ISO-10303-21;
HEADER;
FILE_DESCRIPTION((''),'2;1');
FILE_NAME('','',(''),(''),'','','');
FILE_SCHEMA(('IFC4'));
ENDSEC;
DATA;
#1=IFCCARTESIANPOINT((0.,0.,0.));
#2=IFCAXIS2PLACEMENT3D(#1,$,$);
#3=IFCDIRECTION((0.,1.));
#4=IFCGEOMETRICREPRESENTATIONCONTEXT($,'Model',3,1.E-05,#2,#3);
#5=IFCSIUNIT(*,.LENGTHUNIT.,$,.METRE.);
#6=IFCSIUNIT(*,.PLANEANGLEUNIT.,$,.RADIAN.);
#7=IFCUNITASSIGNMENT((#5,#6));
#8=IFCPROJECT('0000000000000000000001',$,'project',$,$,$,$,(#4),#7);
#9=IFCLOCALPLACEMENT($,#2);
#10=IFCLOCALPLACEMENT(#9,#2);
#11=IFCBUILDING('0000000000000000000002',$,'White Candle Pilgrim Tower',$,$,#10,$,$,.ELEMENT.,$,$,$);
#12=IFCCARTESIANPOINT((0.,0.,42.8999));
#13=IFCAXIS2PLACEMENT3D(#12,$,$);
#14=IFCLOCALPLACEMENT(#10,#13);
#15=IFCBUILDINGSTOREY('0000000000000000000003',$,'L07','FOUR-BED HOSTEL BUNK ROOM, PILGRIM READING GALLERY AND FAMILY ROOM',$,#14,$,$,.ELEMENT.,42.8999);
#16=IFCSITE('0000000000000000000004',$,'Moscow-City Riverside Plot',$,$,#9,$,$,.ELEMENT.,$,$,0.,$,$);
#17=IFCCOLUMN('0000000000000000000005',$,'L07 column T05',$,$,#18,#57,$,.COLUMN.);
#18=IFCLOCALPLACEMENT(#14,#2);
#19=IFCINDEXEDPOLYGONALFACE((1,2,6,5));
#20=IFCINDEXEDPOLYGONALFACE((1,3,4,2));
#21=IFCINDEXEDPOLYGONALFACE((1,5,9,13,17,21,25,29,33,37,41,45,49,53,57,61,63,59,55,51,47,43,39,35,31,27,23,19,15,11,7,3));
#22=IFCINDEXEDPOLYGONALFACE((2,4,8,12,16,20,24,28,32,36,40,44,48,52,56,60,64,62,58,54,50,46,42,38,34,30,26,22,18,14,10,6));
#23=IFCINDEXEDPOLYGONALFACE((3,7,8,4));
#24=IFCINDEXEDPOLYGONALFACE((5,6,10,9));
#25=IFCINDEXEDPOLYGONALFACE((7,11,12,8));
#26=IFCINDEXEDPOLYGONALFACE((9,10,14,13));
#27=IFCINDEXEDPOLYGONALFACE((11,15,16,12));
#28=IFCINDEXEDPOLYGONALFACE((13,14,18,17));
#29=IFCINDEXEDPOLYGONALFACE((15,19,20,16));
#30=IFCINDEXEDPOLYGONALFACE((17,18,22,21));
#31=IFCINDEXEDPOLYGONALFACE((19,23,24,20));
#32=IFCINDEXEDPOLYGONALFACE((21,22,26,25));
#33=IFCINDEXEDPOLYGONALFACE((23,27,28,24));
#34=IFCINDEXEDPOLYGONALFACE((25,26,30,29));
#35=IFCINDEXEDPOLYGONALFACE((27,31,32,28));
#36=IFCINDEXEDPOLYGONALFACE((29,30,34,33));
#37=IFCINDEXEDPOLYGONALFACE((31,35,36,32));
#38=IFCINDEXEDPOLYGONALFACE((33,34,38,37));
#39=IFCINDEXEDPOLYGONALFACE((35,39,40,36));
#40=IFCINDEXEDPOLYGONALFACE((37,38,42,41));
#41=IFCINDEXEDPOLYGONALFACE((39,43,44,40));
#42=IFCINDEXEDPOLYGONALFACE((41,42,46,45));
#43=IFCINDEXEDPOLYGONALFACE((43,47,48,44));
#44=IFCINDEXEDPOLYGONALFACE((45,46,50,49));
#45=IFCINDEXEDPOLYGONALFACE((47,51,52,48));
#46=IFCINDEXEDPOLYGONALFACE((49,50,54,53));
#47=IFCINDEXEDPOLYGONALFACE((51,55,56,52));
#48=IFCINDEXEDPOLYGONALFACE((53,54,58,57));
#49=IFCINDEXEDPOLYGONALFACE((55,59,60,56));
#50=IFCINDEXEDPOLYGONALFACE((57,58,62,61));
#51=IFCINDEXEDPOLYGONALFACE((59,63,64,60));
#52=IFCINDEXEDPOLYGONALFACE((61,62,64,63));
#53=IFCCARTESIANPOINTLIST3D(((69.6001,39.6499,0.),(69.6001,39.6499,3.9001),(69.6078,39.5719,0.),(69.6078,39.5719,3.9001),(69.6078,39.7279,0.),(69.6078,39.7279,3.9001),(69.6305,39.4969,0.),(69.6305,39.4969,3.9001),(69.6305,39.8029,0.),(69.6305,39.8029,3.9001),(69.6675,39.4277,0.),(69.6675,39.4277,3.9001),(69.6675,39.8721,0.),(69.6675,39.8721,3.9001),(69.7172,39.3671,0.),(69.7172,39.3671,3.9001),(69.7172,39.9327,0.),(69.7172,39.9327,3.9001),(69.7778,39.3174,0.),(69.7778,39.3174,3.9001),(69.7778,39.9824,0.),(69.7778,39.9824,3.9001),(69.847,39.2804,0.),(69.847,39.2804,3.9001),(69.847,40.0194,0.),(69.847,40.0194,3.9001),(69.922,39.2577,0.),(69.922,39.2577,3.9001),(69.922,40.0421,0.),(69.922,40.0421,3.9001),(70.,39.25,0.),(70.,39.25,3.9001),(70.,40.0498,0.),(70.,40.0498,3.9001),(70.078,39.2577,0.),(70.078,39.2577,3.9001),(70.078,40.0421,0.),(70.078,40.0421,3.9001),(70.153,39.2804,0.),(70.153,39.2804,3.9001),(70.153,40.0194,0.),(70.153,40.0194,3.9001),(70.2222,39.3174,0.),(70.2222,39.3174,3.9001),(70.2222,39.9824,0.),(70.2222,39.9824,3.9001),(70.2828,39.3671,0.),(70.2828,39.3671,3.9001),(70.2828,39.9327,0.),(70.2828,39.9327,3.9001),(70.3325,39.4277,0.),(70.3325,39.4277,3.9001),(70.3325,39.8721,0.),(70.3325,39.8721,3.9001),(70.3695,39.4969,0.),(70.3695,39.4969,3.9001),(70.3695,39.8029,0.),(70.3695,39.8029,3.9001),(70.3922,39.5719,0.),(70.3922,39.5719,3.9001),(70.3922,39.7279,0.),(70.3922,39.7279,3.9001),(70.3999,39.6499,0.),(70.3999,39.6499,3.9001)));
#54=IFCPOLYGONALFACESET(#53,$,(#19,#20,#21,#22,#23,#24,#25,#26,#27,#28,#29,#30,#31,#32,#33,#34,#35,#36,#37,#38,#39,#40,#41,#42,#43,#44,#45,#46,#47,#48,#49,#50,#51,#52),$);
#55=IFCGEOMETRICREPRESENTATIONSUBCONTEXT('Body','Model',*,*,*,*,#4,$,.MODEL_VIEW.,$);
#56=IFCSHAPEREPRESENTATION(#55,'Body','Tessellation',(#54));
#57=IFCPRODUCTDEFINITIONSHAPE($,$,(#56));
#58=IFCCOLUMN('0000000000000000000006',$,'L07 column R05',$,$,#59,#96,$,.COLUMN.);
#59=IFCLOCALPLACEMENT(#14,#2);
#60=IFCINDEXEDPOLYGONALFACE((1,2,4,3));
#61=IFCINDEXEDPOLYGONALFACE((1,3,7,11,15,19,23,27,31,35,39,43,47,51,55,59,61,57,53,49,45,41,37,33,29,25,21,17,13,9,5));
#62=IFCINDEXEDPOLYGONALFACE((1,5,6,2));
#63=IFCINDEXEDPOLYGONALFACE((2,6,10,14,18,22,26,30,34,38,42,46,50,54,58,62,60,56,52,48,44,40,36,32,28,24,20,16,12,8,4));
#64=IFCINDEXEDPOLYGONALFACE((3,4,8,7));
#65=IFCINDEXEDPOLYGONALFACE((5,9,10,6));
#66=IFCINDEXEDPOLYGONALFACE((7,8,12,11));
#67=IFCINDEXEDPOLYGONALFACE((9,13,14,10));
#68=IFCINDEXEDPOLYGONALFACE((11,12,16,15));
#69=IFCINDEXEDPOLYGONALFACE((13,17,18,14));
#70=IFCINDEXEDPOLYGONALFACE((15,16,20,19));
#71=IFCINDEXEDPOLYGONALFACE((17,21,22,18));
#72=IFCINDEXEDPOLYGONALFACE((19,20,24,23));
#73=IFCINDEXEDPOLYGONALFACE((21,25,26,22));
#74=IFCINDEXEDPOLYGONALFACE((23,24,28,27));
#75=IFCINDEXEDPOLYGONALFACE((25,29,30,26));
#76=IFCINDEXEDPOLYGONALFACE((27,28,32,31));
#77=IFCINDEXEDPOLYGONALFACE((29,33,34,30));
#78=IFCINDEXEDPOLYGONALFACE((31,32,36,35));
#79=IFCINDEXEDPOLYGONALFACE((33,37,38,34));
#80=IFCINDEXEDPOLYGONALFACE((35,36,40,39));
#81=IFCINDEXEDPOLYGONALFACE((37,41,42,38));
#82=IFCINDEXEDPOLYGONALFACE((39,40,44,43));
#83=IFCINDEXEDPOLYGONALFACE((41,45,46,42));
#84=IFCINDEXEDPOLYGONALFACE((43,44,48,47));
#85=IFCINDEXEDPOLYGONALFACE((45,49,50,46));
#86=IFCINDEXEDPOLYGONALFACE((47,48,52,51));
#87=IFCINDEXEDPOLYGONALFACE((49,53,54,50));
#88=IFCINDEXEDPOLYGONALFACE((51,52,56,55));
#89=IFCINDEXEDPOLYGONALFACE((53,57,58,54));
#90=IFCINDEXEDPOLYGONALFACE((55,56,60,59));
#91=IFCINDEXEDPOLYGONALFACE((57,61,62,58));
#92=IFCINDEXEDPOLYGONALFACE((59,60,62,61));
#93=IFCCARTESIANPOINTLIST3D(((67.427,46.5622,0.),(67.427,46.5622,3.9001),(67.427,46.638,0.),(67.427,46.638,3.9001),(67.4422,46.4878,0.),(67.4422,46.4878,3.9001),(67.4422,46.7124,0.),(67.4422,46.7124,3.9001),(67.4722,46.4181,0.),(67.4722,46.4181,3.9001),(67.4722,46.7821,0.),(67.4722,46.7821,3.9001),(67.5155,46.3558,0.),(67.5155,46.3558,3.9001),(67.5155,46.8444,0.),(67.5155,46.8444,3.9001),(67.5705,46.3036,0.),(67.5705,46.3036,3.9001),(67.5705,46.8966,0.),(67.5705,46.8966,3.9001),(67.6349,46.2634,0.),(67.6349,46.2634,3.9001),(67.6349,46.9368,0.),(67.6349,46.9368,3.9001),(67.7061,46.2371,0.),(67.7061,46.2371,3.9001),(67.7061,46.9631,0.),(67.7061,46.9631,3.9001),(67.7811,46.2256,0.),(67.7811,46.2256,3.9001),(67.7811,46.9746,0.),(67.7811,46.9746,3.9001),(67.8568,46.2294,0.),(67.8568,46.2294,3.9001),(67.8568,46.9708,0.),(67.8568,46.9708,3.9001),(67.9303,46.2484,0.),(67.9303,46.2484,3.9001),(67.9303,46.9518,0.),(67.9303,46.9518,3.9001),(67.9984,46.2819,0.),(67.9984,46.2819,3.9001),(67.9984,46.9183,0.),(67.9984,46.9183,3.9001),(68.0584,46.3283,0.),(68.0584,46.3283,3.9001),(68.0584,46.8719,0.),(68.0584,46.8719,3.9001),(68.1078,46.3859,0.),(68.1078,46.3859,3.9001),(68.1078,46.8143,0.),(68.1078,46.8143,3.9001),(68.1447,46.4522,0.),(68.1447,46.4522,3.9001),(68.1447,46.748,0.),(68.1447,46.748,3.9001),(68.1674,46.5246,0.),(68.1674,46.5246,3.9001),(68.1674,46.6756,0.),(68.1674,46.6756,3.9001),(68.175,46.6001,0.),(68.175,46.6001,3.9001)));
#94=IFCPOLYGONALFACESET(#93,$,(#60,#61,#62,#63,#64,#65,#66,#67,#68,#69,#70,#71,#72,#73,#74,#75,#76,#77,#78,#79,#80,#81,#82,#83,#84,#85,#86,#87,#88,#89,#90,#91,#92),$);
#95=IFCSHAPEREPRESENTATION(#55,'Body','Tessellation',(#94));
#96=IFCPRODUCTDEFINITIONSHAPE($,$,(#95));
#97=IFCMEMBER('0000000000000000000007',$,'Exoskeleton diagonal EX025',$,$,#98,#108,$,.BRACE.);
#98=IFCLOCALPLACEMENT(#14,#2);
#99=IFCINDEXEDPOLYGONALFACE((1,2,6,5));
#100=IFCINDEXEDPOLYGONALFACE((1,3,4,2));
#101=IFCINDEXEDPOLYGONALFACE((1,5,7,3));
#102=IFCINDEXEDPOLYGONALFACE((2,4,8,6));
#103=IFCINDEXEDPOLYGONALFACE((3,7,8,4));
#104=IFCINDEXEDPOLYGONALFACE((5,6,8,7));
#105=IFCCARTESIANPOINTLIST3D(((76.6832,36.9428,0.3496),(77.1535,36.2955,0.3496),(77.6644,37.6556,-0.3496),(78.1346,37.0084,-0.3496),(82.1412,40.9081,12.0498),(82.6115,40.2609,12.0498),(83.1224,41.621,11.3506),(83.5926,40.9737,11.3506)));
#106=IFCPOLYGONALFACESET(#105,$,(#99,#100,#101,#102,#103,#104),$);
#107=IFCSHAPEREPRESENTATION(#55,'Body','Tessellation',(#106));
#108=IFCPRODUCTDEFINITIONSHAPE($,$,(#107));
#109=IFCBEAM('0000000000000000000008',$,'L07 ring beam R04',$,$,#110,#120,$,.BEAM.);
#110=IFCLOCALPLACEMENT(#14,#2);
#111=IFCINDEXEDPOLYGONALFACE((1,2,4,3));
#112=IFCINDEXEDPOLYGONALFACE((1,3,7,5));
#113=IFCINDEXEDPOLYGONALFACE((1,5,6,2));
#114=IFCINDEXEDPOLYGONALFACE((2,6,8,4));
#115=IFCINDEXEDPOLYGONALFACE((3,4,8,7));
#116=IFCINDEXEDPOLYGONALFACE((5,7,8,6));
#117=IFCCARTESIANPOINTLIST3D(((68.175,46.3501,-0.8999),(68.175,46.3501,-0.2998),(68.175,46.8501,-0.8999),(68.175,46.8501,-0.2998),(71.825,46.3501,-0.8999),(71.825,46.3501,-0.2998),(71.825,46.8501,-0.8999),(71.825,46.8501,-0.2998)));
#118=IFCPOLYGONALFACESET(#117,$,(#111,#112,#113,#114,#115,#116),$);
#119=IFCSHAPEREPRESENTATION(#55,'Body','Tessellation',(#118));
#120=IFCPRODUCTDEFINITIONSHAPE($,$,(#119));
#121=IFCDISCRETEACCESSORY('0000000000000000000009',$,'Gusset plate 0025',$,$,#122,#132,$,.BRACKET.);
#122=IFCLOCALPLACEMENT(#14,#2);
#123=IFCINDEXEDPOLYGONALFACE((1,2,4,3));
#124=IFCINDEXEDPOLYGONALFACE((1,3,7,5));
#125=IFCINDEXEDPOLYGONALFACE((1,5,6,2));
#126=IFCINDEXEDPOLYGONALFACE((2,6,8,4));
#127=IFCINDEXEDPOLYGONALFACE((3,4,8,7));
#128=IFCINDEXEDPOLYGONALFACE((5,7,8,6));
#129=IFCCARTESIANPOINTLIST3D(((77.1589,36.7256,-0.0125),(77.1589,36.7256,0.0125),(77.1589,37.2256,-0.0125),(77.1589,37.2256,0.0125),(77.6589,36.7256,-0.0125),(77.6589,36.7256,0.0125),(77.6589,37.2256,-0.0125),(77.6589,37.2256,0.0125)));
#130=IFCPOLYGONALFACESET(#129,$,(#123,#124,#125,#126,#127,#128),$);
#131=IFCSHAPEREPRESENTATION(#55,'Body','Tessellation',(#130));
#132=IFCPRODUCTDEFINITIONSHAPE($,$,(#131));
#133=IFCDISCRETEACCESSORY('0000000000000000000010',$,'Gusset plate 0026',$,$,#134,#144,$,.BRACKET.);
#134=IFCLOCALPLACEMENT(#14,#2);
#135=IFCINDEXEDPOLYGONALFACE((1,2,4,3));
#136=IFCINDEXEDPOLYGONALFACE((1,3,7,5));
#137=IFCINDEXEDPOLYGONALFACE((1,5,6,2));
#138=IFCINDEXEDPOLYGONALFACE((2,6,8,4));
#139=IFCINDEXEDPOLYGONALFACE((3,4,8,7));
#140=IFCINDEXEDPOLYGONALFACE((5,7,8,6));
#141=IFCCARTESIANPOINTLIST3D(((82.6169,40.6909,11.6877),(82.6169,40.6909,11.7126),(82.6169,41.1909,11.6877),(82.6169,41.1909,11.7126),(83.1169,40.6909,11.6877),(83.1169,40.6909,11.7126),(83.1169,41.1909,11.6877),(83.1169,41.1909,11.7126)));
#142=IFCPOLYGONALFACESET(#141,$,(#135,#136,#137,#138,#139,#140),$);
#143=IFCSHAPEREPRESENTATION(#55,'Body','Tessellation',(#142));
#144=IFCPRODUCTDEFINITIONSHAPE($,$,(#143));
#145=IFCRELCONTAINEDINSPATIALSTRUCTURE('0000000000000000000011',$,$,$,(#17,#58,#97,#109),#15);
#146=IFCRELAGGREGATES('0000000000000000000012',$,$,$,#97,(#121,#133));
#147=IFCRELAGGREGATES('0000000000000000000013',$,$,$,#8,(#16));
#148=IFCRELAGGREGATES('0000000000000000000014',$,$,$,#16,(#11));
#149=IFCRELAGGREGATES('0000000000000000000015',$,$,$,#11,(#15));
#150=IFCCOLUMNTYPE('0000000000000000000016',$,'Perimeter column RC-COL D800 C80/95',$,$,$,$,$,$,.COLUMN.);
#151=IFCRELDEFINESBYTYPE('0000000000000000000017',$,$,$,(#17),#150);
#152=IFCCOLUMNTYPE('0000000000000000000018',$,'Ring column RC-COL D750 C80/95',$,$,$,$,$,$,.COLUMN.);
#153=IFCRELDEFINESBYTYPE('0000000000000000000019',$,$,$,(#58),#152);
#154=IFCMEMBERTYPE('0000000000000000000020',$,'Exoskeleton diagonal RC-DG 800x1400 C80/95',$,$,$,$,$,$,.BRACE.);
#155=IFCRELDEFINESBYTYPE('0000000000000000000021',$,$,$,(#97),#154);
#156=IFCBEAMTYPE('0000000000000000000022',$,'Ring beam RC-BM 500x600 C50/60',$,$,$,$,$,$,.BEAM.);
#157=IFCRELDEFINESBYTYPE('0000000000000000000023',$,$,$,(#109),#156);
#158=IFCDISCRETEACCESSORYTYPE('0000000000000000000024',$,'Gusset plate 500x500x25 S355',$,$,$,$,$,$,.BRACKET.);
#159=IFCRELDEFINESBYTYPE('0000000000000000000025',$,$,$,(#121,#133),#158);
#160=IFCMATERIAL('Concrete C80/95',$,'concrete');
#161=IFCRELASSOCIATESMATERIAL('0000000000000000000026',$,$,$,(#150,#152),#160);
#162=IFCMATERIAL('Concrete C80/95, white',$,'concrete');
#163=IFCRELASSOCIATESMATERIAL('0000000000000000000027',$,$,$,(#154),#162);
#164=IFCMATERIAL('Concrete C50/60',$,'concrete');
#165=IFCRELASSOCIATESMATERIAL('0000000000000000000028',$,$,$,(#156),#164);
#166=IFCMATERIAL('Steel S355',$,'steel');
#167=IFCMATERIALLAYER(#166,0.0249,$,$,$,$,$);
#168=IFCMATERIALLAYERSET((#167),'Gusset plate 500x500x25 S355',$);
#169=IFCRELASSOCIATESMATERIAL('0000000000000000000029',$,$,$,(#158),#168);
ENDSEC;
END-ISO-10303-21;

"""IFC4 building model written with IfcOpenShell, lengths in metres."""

from ifc_helpers import new_model, si_unit, direction, frame, origin, origin_2d, place, context, subcontext, project, spatial, rectangle, circle, extrude, material, layer, layer_set, material_profile, profile_set, type_object, element, aggregate, save


model = new_model("IFC4")

# Units and contexts
model_context = context("Model", 3, precision=1e-05, world=origin(), true_north=direction((0.0, 1.0)))
body_context = subcontext(model_context, "Body", "Model", "MODEL_VIEW")
ifc_project = project(units=[si_unit("LENGTHUNIT", "METRE"), si_unit("PLANEANGLEUNIT", "RADIAN")], contexts=[model_context])

# Site, building, storey
site_placement = place(None, origin())
site = spatial("IfcSite", under=ifc_project, at=site_placement, Name="Moscow-City Riverside Plot", CompositionType="ELEMENT", RefElevation=0.0)
building_placement = place(site_placement, origin())
building = spatial("IfcBuilding", under=site, at=building_placement, Name="White Candle Pilgrim Tower", CompositionType="ELEMENT")
storey_placement = place(building_placement, frame((0.0, 0.0, 42.8999)))
storey = spatial("IfcBuildingStorey", under=building, at=storey_placement, Name="L07", Description="FOUR-BED HOSTEL BUNK ROOM, PILGRIM READING GALLERY AND FAMILY ROOM", CompositionType="ELEMENT", Elevation=42.8999)

# Columns
ifc_material_1 = material(Name="Concrete C80/95", Category="concrete")
ifc_material_profile_1 = material_profile(ifc_material_1, circle(Radius=0.3999, at=origin_2d()), Name="RC-COL D800")
ifc_profile_set_1 = profile_set([ifc_material_profile_1], Name="Concrete C80/95")
column_type_1 = type_object("IfcColumnType", Name="Perimeter column RC-COL D800 C80/95", PredefinedType="COLUMN", material=ifc_profile_set_1)
column_1_placement = place(storey_placement, frame((70.0, 39.6499, 0.0), z_axis=(0.0, 0.0, 1.0), x_axis=(1.0, 0.0, 0.0)))
element("IfcColumn", 1, at=column_1_placement, inside=storey, type_object=column_type_1, Name="L07 column T05", PredefinedType="COLUMN", context=body_context, shape_type="SweptSolid", body=[
    extrude(circle(Radius=0.3999, at=origin_2d()), origin(), (0.0, 0.0, 1.0), 3.9001),
])
ifc_material_profile_2 = material_profile(ifc_material_1, circle(Radius=0.375, at=origin_2d()), Name="RC-COL D750")
ifc_profile_set_2 = profile_set([ifc_material_profile_2], Name="Concrete C80/95")
column_type_2 = type_object("IfcColumnType", Name="Ring column RC-COL D750 C80/95", PredefinedType="COLUMN", material=ifc_profile_set_2)
column_2_placement = place(storey_placement, frame((67.8, 46.6001, 0.0), z_axis=(0.0, 0.0, 1.0), x_axis=(1.0, 0.0, 0.0)))
element("IfcColumn", 2, at=column_2_placement, inside=storey, type_object=column_type_2, Name="L07 column R05", PredefinedType="COLUMN", context=body_context, shape_type="SweptSolid", body=[
    extrude(circle(Radius=0.375, at=origin_2d()), origin(), (0.0, 0.0, 1.0), 3.9001),
])

# Member
ifc_material_2 = material(Name="Concrete C80/95, white", Category="concrete")
ifc_material_profile_3 = material_profile(ifc_material_2, rectangle(XDim=0.8, YDim=1.3999, at=origin_2d()), Name="RC-DG 800x1400")
ifc_profile_set_3 = profile_set([ifc_material_profile_3], Name="Concrete C80/95, white")
member_type = type_object("IfcMemberType", Name="Exoskeleton diagonal RC-DG 800x1400 C80/95", PredefinedType="BRACE", material=ifc_profile_set_3)
member_placement = place(storey_placement, frame((77.4089, 36.9756, 0.0), z_axis=(0.404121, 0.293601, 0.866305), x_axis=(-0.587771, 0.809027, 0.0)))
member = element("IfcMember", 3, at=member_placement, inside=storey, type_object=member_type, Name="Exoskeleton diagonal EX025", PredefinedType="BRACE", context=body_context, shape_type="SweptSolid", body=[
    extrude(rectangle(XDim=0.8, YDim=1.3999, at=origin_2d()), origin(), (0.0, 0.0, 1.0), 13.5059),
])

# Beam
ifc_material_3 = material(Name="Concrete C50/60", Category="concrete")
ifc_material_profile_4 = material_profile(ifc_material_3, rectangle(XDim=0.5, YDim=0.6001, at=origin_2d()), Name="RC-BM 500x600")
ifc_profile_set_4 = profile_set([ifc_material_profile_4], Name="Concrete C50/60")
beam_type = type_object("IfcBeamType", Name="Ring beam RC-BM 500x600 C50/60", PredefinedType="BEAM", material=ifc_profile_set_4)
beam_placement = place(storey_placement, frame((68.175, 46.6001, -0.5999), z_axis=(1.0, 0.0, 0.0), x_axis=(0.0, 1.0, 0.0)))
element("IfcBeam", 4, at=beam_placement, inside=storey, type_object=beam_type, Name="L07 ring beam R04", PredefinedType="BEAM", context=body_context, shape_type="SweptSolid", body=[
    extrude(rectangle(XDim=0.5, YDim=0.6001, at=origin_2d()), origin(), (0.0, 0.0, 1.0), 3.6499),
])

# Discrete accessories
ifc_material_4 = material(Name="Steel S355", Category="steel")
ifc_layer_1 = layer(ifc_material_4, 0.0249)
ifc_layer_set_1 = layer_set([ifc_layer_1], Name="Gusset plate 500x500x25 S355")
discrete_accessory_type = type_object("IfcDiscreteAccessoryType", Name="Gusset plate 500x500x25 S355", PredefinedType="BRACKET", material=ifc_layer_set_1)
discrete_accessory_1_placement = place(storey_placement, frame((77.4089, 36.9756, -0.0125), z_axis=(0.0, 0.0, 1.0), x_axis=(1.0, 0.0, 0.0)))
discrete_accessory_1 = element("IfcDiscreteAccessory", 5, at=discrete_accessory_1_placement, type_object=discrete_accessory_type, Name="Gusset plate 0025", PredefinedType="BRACKET", context=body_context, shape_type="SweptSolid", body=[
    extrude(rectangle(XDim=0.5, YDim=0.5, at=origin_2d()), origin(), (0.0, 0.0, 1.0), 0.0249),
])
placement = place(building_placement, frame((0.0, 0.0, 54.6001)))
discrete_accessory_2_placement = place(placement, frame((82.8669, 40.9409, -0.0125), z_axis=(0.0, 0.0, 1.0), x_axis=(1.0, 0.0, 0.0)))
discrete_accessory_2 = element("IfcDiscreteAccessory", 6, at=discrete_accessory_2_placement, type_object=discrete_accessory_type, Name="Gusset plate 0026", PredefinedType="BRACKET", context=body_context, shape_type="SweptSolid", body=[
    extrude(rectangle(XDim=0.5, YDim=0.5, at=origin_2d()), origin(), (0.0, 0.0, 1.0), 0.0249),
])
aggregate(member, [discrete_accessory_1, discrete_accessory_2])

save(model, "model.ifc")
